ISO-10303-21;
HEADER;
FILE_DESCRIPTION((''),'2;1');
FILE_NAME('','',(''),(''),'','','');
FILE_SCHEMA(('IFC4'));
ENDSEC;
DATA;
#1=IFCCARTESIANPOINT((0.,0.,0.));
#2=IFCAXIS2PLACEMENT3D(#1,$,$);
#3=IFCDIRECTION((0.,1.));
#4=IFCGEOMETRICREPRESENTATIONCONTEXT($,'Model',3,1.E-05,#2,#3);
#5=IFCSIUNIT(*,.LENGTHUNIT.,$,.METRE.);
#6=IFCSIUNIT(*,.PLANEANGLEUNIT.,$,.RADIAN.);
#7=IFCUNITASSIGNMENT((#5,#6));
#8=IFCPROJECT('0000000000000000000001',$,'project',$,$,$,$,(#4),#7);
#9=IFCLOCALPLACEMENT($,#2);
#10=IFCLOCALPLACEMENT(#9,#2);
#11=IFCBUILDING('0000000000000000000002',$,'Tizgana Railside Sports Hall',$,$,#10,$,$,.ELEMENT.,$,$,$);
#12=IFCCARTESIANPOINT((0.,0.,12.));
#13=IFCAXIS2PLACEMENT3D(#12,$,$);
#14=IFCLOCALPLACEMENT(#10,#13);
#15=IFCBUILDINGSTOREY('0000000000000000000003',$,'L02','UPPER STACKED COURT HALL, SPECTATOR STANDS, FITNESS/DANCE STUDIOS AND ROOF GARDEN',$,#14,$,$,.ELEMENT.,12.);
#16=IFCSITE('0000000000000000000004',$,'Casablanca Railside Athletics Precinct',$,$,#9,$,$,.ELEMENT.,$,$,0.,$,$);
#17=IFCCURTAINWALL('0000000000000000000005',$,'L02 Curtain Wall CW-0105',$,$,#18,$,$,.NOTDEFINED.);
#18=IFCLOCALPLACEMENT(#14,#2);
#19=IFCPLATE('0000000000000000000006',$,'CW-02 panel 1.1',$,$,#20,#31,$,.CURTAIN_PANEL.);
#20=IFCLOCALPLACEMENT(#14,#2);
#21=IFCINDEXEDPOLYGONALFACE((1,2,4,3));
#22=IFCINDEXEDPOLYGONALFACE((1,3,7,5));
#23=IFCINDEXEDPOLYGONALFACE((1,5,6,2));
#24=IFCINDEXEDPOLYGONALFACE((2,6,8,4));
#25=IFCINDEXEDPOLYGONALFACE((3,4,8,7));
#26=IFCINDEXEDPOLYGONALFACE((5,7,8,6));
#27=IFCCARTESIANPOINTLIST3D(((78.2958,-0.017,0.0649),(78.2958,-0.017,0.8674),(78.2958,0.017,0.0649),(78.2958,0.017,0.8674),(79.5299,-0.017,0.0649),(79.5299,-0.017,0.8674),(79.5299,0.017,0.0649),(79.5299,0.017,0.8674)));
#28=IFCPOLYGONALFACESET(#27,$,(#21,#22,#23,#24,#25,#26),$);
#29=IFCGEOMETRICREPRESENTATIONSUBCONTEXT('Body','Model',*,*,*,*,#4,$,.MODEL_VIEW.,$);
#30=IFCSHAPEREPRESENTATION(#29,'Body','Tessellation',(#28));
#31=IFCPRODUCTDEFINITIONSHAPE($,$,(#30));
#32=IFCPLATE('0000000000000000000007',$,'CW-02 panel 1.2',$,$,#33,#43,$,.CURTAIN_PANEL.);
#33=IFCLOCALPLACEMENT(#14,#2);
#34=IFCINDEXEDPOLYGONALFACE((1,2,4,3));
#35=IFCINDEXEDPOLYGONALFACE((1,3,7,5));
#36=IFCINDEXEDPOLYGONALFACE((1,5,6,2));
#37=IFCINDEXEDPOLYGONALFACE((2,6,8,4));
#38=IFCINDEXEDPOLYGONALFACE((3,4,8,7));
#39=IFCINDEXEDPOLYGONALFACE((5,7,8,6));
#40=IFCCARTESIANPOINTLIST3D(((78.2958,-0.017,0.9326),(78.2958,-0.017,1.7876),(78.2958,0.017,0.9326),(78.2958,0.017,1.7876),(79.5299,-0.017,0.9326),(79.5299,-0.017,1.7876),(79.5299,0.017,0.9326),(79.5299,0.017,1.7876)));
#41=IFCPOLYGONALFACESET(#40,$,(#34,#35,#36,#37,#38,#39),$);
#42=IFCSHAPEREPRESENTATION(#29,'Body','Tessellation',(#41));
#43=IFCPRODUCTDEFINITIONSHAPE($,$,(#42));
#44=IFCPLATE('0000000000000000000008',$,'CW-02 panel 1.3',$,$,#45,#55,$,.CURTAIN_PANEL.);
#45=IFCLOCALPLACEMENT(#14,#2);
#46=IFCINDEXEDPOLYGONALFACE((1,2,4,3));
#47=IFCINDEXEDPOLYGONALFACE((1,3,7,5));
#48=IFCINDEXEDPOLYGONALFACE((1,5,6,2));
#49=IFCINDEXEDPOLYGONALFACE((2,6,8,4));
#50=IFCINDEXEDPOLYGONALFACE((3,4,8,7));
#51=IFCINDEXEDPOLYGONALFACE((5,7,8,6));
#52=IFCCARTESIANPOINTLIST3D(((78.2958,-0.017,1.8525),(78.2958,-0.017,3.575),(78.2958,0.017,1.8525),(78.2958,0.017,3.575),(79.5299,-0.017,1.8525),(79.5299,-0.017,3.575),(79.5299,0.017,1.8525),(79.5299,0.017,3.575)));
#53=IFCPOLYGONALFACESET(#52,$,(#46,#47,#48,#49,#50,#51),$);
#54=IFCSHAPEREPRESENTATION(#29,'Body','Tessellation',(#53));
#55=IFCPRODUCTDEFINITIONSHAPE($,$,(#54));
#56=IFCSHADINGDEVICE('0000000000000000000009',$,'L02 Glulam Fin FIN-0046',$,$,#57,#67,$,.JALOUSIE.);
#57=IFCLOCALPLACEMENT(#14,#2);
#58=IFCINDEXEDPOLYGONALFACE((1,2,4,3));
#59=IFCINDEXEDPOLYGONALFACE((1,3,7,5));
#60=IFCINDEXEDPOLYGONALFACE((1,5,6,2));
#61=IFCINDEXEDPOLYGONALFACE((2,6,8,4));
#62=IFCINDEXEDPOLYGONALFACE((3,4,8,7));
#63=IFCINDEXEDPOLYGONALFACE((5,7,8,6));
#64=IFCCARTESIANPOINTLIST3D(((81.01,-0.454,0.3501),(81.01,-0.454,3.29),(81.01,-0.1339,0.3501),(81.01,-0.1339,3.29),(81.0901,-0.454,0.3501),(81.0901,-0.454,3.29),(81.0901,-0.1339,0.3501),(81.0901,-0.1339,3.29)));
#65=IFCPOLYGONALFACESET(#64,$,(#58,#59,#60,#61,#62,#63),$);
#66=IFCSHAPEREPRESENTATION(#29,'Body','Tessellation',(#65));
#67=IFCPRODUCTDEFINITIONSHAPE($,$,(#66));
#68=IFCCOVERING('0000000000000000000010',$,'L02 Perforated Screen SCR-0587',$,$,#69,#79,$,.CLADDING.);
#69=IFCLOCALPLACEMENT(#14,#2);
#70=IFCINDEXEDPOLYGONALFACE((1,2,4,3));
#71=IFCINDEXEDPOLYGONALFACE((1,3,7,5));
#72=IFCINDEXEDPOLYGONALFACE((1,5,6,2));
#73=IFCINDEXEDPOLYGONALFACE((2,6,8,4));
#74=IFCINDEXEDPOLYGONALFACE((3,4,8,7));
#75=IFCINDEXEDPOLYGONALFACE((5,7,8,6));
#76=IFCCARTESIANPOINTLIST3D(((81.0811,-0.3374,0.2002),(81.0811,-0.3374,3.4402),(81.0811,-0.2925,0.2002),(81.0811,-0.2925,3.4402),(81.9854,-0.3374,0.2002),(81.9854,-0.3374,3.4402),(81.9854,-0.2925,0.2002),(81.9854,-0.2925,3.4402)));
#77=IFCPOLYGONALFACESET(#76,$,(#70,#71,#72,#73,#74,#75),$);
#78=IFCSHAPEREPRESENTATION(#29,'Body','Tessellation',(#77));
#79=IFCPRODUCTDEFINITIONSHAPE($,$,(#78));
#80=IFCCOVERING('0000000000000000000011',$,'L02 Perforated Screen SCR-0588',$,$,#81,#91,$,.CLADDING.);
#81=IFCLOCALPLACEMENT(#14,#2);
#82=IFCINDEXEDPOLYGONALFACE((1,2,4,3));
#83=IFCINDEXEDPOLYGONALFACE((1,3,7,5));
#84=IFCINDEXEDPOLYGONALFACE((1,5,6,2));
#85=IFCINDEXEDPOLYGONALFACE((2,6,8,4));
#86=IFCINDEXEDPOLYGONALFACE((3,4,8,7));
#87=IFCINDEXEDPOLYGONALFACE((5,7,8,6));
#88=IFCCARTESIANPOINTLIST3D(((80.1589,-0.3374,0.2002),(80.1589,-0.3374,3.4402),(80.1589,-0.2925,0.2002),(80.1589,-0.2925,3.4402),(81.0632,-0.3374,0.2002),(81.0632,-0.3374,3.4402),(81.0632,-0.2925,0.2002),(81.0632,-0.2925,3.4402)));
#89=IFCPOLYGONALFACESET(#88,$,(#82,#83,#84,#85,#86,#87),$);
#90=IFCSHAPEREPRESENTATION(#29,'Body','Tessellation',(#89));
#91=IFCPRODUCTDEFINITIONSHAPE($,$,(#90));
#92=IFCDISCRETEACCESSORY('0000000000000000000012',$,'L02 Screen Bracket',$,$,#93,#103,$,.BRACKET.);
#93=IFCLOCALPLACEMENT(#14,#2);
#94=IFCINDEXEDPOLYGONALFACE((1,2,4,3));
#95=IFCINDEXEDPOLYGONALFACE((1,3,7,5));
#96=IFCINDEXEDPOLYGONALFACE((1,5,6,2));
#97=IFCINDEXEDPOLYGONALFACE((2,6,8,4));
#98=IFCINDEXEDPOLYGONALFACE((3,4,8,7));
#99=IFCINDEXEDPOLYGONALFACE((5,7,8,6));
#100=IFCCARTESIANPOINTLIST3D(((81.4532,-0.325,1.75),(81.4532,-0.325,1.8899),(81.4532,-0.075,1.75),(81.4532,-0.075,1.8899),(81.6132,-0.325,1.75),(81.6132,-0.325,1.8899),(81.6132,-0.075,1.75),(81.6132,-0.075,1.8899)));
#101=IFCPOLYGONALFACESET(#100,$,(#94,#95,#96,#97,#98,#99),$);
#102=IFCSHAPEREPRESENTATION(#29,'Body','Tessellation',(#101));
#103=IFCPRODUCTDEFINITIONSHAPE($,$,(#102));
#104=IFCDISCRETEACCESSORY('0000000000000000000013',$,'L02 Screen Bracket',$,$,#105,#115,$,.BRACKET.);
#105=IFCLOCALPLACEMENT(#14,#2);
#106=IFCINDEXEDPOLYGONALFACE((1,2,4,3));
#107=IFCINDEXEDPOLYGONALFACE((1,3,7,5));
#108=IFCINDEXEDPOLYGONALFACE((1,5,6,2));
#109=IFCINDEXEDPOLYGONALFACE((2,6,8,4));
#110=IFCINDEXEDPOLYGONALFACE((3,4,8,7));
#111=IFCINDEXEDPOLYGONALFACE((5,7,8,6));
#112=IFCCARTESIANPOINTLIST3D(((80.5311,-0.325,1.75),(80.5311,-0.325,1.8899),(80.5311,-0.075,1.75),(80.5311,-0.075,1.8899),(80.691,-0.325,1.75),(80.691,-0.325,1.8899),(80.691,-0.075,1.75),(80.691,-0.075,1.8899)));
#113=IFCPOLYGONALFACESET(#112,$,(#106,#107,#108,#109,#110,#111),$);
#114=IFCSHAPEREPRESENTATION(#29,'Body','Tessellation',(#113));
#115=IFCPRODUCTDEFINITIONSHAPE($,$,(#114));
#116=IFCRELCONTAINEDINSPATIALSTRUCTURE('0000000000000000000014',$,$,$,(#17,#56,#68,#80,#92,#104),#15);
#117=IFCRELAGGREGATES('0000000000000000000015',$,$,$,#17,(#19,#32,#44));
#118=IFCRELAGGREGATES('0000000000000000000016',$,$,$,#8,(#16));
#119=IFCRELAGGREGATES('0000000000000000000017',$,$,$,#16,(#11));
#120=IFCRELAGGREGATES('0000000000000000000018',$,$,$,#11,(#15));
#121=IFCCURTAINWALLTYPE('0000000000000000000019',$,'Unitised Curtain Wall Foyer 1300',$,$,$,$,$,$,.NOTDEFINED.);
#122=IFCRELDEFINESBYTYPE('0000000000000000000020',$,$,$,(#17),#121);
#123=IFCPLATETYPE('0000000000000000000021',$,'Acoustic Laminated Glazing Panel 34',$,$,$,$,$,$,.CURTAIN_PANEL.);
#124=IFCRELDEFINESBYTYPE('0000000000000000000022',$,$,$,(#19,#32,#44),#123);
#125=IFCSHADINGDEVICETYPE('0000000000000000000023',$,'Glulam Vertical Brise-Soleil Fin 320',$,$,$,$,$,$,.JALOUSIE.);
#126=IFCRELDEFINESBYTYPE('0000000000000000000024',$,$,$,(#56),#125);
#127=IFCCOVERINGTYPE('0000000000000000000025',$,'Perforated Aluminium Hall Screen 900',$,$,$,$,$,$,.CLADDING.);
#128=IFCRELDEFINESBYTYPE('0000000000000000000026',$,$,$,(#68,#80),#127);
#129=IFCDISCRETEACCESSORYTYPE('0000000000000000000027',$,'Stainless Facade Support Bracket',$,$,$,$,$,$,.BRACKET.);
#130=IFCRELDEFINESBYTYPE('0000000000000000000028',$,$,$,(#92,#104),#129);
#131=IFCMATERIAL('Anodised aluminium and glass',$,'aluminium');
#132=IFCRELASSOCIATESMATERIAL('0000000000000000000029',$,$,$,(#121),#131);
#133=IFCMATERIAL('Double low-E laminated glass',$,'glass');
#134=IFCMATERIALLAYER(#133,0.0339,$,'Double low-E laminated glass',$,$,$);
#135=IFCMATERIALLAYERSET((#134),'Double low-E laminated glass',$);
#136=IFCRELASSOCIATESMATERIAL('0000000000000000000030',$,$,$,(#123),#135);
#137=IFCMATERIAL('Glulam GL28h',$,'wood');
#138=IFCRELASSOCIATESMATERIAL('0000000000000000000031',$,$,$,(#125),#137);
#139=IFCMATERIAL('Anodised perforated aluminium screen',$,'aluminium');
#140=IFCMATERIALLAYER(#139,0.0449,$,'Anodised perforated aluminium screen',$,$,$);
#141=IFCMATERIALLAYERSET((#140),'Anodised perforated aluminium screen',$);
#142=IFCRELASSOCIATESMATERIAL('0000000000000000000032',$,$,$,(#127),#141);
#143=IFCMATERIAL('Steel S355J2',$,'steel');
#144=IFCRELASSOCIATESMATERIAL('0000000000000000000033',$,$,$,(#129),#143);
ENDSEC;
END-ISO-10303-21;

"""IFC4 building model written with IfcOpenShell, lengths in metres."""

from ifc_helpers import new_model, si_unit, direction, frame, origin, origin_2d, place, context, subcontext, project, spatial, rectangle, extrude, material, layer, layer_set, type_object, element, aggregate, save


model = new_model("IFC4")

# Units and contexts
model_context = context("Model", 3, precision=1e-05, world=origin(), true_north=direction((0.0, 1.0)))
body_context = subcontext(model_context, "Body", "Model", "MODEL_VIEW")
ifc_project = project(units=[si_unit("LENGTHUNIT", "METRE"), si_unit("PLANEANGLEUNIT", "RADIAN")], contexts=[model_context])

# Site, building, storey
site_placement = place(None, origin())
site = spatial("IfcSite", under=ifc_project, at=site_placement, Name="Casablanca Railside Athletics Precinct", CompositionType="ELEMENT", RefElevation=0.0)
building_placement = place(site_placement, origin())
building = spatial("IfcBuilding", under=site, at=building_placement, Name="Tizgana Railside Sports Hall", CompositionType="ELEMENT")
storey_placement = place(building_placement, frame((0.0, 0.0, 12.0)))
storey = spatial("IfcBuildingStorey", under=building, at=storey_placement, Name="L02", Description="UPPER STACKED COURT HALL, SPECTATOR STANDS, FITNESS/DANCE STUDIOS AND ROOF GARDEN", CompositionType="ELEMENT", Elevation=12.0)

# Shared definitions
ifc_material_1 = material(Name="Steel S355J2", Category="steel")

# Curtain wall
ifc_material_2 = material(Name="Anodised aluminium and glass", Category="aluminium")
curtain_wall_type = type_object("IfcCurtainWallType", Name="Unitised Curtain Wall Foyer 1300", PredefinedType="NOTDEFINED", material=ifc_material_2)
curtain_wall_placement = place(storey_placement, origin())
curtain_wall = element("IfcCurtainWall", 1, at=curtain_wall_placement, inside=storey, type_object=curtain_wall_type, Name="L02 Curtain Wall CW-0105", PredefinedType="NOTDEFINED")

# Plates
ifc_material_3 = material(Name="Double low-E laminated glass", Category="glass")
ifc_layer_1 = layer(ifc_material_3, 0.0339, Name="Double low-E laminated glass")
ifc_layer_set_1 = layer_set([ifc_layer_1], Name="Double low-E laminated glass")
plate_type = type_object("IfcPlateType", Name="Acoustic Laminated Glazing Panel 34", PredefinedType="CURTAIN_PANEL", material=ifc_layer_set_1)
plate_1_placement = place(storey_placement, frame((78.9128, 0.0, 0.0649), z_axis=(0.0, 0.0, 1.0), x_axis=(-1.0, 0.0, 0.0)))
plate_1 = element("IfcPlate", 2, at=plate_1_placement, type_object=plate_type, Name="CW-02 panel 1.1", PredefinedType="CURTAIN_PANEL", context=body_context, shape_type="SweptSolid", body=[
    extrude(rectangle(XDim=1.2341, YDim=0.0339, at=origin_2d()), origin(), (0.0, 0.0, 1.0), 0.8025),
])
plate_2_placement = place(storey_placement, frame((78.9128, 0.0, 0.9326), z_axis=(0.0, 0.0, 1.0), x_axis=(-1.0, 0.0, 0.0)))
plate_2 = element("IfcPlate", 3, at=plate_2_placement, type_object=plate_type, Name="CW-02 panel 1.2", PredefinedType="CURTAIN_PANEL", context=body_context, shape_type="SweptSolid", body=[
    extrude(rectangle(XDim=1.2341, YDim=0.0339, at=origin_2d()), origin(), (0.0, 0.0, 1.0), 0.855),
])
plate_3_placement = place(storey_placement, frame((78.9128, 0.0, 1.8525), z_axis=(0.0, 0.0, 1.0), x_axis=(-1.0, 0.0, 0.0)))
plate_3 = element("IfcPlate", 4, at=plate_3_placement, type_object=plate_type, Name="CW-02 panel 1.3", PredefinedType="CURTAIN_PANEL", context=body_context, shape_type="SweptSolid", body=[
    extrude(rectangle(XDim=1.2341, YDim=0.0339, at=origin_2d()), origin(), (0.0, 0.0, 1.0), 1.7224),
])
aggregate(curtain_wall, [plate_1, plate_2, plate_3])

# Shading device
ifc_material_4 = material(Name="Glulam GL28h", Category="wood")
shading_device_type = type_object("IfcShadingDeviceType", Name="Glulam Vertical Brise-Soleil Fin 320", PredefinedType="JALOUSIE", material=ifc_material_4)
shading_device_placement = place(storey_placement, frame((81.05, -0.2939, 0.3501), z_axis=(0.0, 0.0, 1.0), x_axis=(-1.0, 0.0, 0.0)))
element("IfcShadingDevice", 5, at=shading_device_placement, inside=storey, type_object=shading_device_type, Name="L02 Glulam Fin FIN-0046", PredefinedType="JALOUSIE", context=body_context, shape_type="SweptSolid", body=[
    extrude(rectangle(XDim=0.0801, YDim=0.3201, at=origin_2d()), origin(), (0.0, 0.0, 1.0), 2.9399),
])

# Coverings
ifc_material_5 = material(Name="Anodised perforated aluminium screen", Category="aluminium")
ifc_layer_2 = layer(ifc_material_5, 0.0449, Name="Anodised perforated aluminium screen")
ifc_layer_set_2 = layer_set([ifc_layer_2], Name="Anodised perforated aluminium screen")
covering_type = type_object("IfcCoveringType", Name="Perforated Aluminium Hall Screen 900", PredefinedType="CLADDING", material=ifc_layer_set_2)
for number, where, z_axis, x_axis, name in (
    (6, (81.5332, -0.3149, 0.2002), (0.0, 0.0, 1.0), (-1.0, 0.0, 0.0), "L02 Perforated Screen SCR-0587"),
    (7, (80.6111, -0.3149, 0.2002), (0.0, 0.0, 1.0), (-1.0, 0.0, 0.0), "L02 Perforated Screen SCR-0588"),
):
    element("IfcCovering", number, at=place(storey_placement, frame(where, z_axis=z_axis, x_axis=x_axis)), inside=storey, type_object=covering_type, Name=name, PredefinedType="CLADDING", context=body_context, shape_type="SweptSolid", body=[
        extrude(rectangle(XDim=0.9043, YDim=0.0449, at=origin_2d()), origin(), (0.0, 0.0, 1.0), 3.24),
    ])

# Discrete accessories
discrete_accessory_type = type_object("IfcDiscreteAccessoryType", Name="Stainless Facade Support Bracket", PredefinedType="BRACKET", material=ifc_material_1)
for number, where, z_axis, x_axis, name in (
    (8, (81.5332, -0.2, 1.75), (0.0, 0.0, 1.0), (-1.0, 0.0, 0.0), "L02 Screen Bracket"),
    (9, (80.6111, -0.2, 1.75), (0.0, 0.0, 1.0), (-1.0, 0.0, 0.0), "L02 Screen Bracket"),
):
    element("IfcDiscreteAccessory", number, at=place(storey_placement, frame(where, z_axis=z_axis, x_axis=x_axis)), inside=storey, type_object=discrete_accessory_type, Name=name, PredefinedType="BRACKET", context=body_context, shape_type="SweptSolid", body=[
        extrude(rectangle(XDim=0.1599, YDim=0.25, at=origin_2d()), origin(), (0.0, 0.0, 1.0), 0.1399),
    ])

save(model, "model.ifc")
